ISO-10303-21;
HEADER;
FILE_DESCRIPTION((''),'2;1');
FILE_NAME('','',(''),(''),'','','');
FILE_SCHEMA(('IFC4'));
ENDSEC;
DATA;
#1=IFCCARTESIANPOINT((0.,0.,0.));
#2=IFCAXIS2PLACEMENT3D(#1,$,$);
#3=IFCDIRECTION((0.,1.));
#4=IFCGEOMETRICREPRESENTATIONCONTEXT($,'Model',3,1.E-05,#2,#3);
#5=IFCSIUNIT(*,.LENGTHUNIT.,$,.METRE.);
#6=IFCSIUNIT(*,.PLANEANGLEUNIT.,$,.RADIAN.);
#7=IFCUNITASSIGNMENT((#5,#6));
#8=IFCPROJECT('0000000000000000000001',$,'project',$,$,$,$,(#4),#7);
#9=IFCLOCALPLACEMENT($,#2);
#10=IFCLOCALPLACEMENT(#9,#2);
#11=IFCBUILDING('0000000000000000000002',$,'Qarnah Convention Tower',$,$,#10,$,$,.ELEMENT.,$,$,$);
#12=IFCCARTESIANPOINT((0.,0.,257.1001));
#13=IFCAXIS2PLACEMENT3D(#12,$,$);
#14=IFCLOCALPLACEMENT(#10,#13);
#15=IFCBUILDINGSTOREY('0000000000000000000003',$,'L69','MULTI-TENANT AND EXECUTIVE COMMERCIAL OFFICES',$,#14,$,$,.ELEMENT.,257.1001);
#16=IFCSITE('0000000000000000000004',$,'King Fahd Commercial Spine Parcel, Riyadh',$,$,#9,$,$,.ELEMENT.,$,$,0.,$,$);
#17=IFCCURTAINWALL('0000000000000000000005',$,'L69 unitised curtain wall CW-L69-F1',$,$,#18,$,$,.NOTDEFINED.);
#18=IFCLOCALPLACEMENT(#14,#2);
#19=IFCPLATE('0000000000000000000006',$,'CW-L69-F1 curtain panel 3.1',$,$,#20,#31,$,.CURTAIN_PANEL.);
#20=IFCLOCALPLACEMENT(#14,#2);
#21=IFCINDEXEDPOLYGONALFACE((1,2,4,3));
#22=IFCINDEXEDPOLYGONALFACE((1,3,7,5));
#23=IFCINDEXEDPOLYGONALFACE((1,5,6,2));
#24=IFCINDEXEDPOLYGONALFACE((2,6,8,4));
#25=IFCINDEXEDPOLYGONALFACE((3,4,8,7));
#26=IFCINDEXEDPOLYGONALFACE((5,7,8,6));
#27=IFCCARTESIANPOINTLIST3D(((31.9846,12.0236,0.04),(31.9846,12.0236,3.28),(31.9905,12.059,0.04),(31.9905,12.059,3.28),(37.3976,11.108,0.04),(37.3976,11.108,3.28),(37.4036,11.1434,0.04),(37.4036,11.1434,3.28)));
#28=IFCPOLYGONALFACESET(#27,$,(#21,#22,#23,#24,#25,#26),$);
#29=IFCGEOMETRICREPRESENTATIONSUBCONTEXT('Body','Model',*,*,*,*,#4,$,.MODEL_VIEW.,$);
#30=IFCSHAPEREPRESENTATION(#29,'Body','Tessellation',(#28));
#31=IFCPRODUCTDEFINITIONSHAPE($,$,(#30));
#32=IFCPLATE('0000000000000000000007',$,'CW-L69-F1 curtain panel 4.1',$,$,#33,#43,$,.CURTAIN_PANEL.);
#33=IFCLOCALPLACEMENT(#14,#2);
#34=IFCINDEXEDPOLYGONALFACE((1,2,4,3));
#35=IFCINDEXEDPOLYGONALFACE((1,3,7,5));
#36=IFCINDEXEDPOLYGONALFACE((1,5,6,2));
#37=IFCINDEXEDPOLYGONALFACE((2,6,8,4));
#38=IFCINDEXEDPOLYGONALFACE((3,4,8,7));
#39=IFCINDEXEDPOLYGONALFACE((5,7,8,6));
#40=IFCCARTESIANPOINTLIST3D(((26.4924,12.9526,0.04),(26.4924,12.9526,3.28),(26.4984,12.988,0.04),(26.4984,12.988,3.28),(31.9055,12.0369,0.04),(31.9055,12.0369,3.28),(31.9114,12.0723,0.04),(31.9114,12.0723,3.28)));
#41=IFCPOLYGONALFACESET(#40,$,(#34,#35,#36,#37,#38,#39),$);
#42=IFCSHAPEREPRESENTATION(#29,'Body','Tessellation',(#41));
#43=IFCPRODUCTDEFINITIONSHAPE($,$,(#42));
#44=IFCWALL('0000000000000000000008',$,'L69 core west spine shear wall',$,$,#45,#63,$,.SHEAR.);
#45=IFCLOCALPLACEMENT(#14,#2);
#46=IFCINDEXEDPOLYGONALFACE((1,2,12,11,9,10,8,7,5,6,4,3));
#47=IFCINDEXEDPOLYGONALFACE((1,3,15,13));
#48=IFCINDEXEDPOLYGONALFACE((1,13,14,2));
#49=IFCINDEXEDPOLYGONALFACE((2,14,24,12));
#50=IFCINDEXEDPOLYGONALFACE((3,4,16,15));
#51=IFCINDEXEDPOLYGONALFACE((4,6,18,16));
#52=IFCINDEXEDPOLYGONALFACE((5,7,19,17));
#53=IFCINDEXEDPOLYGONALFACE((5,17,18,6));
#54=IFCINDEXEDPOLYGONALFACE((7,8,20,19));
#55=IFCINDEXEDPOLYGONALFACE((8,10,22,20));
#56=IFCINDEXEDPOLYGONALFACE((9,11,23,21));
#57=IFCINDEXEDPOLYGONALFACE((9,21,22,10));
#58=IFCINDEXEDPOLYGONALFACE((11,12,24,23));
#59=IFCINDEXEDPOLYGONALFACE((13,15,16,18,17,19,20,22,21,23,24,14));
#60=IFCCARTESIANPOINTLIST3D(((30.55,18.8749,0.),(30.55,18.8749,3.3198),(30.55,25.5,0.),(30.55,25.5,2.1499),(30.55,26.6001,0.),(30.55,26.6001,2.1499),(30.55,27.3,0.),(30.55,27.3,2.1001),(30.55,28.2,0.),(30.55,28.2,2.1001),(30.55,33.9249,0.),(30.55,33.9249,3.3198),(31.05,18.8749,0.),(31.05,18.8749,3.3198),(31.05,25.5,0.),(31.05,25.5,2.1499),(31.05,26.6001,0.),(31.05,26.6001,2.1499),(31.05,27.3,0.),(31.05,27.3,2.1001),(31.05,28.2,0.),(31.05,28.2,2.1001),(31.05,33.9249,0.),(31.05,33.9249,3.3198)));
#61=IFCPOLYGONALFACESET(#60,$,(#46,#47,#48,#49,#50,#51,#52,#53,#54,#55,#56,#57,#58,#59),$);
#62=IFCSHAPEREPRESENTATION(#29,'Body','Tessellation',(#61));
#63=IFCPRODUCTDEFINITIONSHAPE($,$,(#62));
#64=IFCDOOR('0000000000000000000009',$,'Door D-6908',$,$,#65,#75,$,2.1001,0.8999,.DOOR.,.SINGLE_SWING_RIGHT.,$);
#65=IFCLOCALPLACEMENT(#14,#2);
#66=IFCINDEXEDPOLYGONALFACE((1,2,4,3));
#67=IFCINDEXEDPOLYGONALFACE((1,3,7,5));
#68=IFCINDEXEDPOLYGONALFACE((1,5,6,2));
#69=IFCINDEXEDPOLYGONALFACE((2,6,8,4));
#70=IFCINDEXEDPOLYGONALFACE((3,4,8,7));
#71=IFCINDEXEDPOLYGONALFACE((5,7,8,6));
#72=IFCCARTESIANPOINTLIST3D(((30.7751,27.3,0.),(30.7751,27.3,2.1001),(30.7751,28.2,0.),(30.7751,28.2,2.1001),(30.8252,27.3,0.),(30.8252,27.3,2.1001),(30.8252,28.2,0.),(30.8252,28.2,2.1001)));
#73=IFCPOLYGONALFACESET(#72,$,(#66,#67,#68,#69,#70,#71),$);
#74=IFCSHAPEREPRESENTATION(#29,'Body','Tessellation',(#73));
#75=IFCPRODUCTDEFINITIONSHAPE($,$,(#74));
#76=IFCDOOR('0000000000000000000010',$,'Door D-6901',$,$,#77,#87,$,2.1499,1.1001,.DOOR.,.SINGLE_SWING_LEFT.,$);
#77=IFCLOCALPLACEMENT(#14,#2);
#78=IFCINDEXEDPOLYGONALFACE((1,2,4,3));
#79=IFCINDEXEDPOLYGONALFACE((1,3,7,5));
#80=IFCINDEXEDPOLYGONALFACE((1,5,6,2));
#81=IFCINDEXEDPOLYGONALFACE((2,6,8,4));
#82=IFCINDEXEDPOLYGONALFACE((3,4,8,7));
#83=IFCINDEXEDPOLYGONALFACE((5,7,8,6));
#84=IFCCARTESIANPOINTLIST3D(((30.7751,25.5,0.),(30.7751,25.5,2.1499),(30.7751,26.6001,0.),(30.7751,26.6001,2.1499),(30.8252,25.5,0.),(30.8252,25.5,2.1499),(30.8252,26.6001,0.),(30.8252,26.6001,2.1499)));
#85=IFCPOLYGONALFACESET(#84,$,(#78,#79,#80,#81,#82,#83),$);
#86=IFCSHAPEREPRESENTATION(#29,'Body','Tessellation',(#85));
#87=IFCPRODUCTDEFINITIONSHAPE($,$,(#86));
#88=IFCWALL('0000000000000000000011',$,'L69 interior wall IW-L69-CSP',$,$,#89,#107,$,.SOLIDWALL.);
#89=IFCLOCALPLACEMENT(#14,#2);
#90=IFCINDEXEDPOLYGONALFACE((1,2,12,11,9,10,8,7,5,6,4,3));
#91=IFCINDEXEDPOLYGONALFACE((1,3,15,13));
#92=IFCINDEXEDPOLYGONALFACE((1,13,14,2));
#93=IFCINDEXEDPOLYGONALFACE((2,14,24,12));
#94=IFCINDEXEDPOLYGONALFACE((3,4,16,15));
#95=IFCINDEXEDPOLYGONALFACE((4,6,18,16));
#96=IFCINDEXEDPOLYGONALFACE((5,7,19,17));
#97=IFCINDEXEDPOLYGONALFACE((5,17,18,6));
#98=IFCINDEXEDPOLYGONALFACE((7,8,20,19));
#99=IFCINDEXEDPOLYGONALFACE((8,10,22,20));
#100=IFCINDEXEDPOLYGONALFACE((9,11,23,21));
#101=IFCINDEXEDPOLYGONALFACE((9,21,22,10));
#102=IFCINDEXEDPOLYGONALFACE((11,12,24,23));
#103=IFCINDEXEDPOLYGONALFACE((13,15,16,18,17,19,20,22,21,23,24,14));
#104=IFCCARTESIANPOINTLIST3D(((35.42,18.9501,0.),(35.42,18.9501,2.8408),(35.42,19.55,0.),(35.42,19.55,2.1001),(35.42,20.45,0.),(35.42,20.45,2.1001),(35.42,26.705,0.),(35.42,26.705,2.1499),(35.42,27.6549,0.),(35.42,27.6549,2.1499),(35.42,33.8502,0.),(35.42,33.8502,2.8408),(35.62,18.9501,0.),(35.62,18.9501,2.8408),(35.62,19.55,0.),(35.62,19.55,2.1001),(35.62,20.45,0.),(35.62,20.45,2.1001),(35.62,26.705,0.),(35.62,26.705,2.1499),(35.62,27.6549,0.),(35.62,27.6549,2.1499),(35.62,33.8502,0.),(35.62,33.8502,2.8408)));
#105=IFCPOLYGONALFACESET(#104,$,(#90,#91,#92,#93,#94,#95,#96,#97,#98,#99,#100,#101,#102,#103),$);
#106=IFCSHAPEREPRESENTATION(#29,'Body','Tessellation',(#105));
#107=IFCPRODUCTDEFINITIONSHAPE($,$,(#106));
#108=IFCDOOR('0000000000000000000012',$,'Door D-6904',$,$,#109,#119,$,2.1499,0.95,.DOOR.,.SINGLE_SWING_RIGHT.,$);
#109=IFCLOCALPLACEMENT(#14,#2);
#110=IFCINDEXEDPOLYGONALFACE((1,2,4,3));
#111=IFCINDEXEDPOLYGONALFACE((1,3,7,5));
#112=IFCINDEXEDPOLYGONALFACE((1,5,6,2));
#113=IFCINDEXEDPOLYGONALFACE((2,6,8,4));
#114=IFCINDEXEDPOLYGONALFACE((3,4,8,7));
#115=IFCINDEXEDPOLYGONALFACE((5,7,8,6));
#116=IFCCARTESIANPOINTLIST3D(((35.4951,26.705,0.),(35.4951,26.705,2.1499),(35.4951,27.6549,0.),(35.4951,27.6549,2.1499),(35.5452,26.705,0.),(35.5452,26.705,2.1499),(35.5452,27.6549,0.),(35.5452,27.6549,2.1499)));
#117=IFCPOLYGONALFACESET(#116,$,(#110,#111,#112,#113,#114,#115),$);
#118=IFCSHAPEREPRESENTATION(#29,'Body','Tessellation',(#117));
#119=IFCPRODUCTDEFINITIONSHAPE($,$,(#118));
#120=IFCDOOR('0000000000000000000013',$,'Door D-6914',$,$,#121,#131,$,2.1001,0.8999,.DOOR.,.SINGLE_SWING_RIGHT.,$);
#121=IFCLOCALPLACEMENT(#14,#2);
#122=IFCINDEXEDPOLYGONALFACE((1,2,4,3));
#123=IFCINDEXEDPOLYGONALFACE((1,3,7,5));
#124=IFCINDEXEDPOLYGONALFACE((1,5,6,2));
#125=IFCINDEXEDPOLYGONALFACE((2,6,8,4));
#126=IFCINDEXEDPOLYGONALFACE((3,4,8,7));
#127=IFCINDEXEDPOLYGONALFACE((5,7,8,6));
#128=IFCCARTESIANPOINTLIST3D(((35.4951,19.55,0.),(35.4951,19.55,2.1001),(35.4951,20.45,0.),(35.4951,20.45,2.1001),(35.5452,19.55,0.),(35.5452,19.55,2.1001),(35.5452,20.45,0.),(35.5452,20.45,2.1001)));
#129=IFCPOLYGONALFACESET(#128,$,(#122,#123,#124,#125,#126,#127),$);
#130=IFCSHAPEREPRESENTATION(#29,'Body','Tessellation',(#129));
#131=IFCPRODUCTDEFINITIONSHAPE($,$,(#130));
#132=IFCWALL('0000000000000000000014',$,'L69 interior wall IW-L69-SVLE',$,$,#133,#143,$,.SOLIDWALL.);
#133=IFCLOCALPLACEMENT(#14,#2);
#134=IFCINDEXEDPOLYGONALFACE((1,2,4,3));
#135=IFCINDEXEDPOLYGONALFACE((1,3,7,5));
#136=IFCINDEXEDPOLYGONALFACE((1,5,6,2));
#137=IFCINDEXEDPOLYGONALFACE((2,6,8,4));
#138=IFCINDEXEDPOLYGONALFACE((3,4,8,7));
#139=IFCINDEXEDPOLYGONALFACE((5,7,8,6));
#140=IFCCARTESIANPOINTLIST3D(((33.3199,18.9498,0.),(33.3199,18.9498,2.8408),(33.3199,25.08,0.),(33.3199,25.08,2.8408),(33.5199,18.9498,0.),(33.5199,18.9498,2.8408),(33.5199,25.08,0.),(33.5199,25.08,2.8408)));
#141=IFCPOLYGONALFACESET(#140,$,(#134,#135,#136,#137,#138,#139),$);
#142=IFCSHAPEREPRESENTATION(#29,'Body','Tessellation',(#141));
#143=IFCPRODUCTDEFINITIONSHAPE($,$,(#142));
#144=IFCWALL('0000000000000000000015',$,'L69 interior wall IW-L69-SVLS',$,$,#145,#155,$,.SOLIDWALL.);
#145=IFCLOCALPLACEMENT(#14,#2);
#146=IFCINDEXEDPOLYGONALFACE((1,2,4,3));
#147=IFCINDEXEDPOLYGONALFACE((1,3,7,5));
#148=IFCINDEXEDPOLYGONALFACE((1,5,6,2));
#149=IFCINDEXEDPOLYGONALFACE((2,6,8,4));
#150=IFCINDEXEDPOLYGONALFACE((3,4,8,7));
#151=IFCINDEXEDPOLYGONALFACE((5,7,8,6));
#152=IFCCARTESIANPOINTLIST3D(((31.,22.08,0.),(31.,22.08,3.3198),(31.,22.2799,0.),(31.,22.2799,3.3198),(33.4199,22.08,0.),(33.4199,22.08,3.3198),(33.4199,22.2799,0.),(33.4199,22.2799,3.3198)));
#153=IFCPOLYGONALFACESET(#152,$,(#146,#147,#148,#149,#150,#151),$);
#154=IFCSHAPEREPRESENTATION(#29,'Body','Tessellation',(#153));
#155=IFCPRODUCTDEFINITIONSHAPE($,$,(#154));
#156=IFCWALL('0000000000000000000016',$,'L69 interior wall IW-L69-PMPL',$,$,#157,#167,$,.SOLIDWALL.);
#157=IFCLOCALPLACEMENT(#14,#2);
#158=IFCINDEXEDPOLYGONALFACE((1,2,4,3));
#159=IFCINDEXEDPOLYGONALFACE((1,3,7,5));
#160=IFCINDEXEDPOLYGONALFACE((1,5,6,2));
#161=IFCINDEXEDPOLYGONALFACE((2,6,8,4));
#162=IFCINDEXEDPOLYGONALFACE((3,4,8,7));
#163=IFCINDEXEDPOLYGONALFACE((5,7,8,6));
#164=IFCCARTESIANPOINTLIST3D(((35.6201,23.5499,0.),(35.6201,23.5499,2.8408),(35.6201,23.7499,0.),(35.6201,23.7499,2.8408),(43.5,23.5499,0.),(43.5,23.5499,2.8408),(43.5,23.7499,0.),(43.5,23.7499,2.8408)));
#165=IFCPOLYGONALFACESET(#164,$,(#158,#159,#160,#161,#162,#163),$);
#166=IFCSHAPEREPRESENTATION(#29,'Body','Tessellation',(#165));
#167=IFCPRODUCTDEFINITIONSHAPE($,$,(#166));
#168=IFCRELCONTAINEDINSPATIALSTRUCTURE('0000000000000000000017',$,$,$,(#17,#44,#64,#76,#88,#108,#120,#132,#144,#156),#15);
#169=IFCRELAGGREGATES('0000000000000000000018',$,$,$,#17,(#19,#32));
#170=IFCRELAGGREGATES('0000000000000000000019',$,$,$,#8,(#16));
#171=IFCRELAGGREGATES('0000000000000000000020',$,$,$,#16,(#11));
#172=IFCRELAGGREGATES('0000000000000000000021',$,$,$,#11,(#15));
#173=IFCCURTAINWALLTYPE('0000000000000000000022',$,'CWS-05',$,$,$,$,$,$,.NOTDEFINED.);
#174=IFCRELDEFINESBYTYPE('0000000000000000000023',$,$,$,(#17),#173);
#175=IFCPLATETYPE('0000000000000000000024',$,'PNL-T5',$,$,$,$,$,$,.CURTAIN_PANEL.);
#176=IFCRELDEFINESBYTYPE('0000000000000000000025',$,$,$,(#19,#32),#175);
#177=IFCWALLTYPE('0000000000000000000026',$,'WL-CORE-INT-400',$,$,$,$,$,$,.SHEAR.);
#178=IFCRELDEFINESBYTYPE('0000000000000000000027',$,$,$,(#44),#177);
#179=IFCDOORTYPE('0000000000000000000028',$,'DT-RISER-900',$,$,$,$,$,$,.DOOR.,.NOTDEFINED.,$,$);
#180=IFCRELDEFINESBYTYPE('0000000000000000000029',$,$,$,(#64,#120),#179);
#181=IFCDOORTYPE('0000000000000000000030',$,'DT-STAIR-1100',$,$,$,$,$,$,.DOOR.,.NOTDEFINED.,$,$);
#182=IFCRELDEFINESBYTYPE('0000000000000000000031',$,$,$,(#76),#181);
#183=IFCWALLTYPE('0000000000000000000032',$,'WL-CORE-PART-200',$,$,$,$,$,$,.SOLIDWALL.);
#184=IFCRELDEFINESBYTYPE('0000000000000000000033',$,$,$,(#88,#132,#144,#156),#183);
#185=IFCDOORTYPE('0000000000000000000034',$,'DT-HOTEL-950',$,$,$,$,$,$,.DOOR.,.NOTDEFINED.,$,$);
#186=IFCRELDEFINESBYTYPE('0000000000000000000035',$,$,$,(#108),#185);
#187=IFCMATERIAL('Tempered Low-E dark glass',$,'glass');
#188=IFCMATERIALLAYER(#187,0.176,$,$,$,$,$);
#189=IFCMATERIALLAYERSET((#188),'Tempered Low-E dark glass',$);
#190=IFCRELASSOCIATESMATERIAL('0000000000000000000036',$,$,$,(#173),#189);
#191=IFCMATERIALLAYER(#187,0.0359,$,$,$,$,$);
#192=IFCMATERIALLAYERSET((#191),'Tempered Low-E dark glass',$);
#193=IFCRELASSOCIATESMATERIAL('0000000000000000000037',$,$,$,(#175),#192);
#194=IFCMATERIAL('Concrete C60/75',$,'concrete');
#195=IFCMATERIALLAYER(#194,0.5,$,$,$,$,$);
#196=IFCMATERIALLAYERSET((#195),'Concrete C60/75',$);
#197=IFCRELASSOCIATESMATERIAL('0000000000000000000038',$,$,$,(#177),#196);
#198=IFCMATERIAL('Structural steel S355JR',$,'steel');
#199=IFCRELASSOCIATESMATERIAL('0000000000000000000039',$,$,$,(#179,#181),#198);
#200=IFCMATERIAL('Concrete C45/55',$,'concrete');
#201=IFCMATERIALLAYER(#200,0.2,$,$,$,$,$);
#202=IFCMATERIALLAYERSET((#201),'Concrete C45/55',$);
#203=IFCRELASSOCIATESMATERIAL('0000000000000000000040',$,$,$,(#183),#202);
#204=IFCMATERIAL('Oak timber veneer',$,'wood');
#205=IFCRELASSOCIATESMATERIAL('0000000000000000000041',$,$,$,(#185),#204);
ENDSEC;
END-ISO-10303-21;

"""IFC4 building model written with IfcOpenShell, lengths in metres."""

from ifc_helpers import new_model, si_unit, direction, frame, frame_2d, origin, origin_2d, place, context, subcontext, project, spatial, rectangle, extrude, material, layer, layer_set, type_object, element, fill, aggregate, save


model = new_model("IFC4")

# Units and contexts
model_context = context("Model", 3, precision=1e-05, world=origin(), true_north=direction((0.0, 1.0)))
body_context = subcontext(model_context, "Body", "Model", "MODEL_VIEW")
ifc_project = project(units=[si_unit("LENGTHUNIT", "METRE"), si_unit("PLANEANGLEUNIT", "RADIAN")], contexts=[model_context])

# Site, building, storey
site_placement = place(None, origin())
site = spatial("IfcSite", under=ifc_project, at=site_placement, Name="King Fahd Commercial Spine Parcel, Riyadh", CompositionType="ELEMENT", RefElevation=0.0)
building_placement = place(site_placement, origin())
building = spatial("IfcBuilding", under=site, at=building_placement, Name="Qarnah Convention Tower", CompositionType="ELEMENT")
storey_placement = place(building_placement, frame((0.0, 0.0, 257.1001)))
storey = spatial("IfcBuildingStorey", under=building, at=storey_placement, Name="L69", Description="MULTI-TENANT AND EXECUTIVE COMMERCIAL OFFICES", CompositionType="ELEMENT", Elevation=257.1001)

# Shared definitions
ifc_material_1 = material(Name="Structural steel S355JR", Category="steel")

# Curtain wall, plates
ifc_material_2 = material(Name="Tempered Low-E dark glass", Category="glass")
ifc_layer_1 = layer(ifc_material_2, 0.176)
ifc_layer_set_1 = layer_set([ifc_layer_1], Name="Tempered Low-E dark glass")
curtain_wall_type = type_object("IfcCurtainWallType", Name="CWS-05", PredefinedType="NOTDEFINED", material=ifc_layer_set_1)
curtain_wall_placement = place(storey_placement, origin())
curtain_wall = element("IfcCurtainWall", 1, at=curtain_wall_placement, inside=storey, type_object=curtain_wall_type, Name="L69 unitised curtain wall CW-L69-F1", PredefinedType="NOTDEFINED")
ifc_layer_2 = layer(ifc_material_2, 0.0359)
ifc_layer_set_2 = layer_set([ifc_layer_2], Name="Tempered Low-E dark glass")
plate_type = type_object("IfcPlateType", Name="PNL-T5", PredefinedType="CURTAIN_PANEL", material=ifc_layer_set_2)
plate_1_placement = place(storey_placement, frame((34.6941, 11.5835, 0.04), z_axis=(0.0, 0.0, 1.0), x_axis=(-0.985993, 0.166786, 0.0)))
plate_1 = element("IfcPlate", 2, at=plate_1_placement, type_object=plate_type, Name="CW-L69-F1 curtain panel 3.1", PredefinedType="CURTAIN_PANEL", context=body_context, shape_type="SweptSolid", body=[
    extrude(rectangle(XDim=5.49, YDim=0.0359, at=origin_2d()), origin(), (0.0, 0.0, 1.0), 3.24),
])
plate_2_placement = place(storey_placement, frame((29.2019, 12.5125, 0.04), z_axis=(0.0, 0.0, 1.0), x_axis=(-0.985993, 0.166786, 0.0)))
plate_2 = element("IfcPlate", 3, at=plate_2_placement, type_object=plate_type, Name="CW-L69-F1 curtain panel 4.1", PredefinedType="CURTAIN_PANEL", context=body_context, shape_type="SweptSolid", body=[
    extrude(rectangle(XDim=5.49, YDim=0.0359, at=origin_2d()), origin(), (0.0, 0.0, 1.0), 3.24),
])
aggregate(curtain_wall, [plate_1, plate_2])

# Walls, openings, doors
ifc_material_3 = material(Name="Concrete C60/75", Category="concrete")
ifc_layer_3 = layer(ifc_material_3, 0.5)
ifc_layer_set_3 = layer_set([ifc_layer_3], Name="Concrete C60/75")
wall_type_1 = type_object("IfcWallType", Name="WL-CORE-INT-400", PredefinedType="SHEAR", material=ifc_layer_set_3)
wall_1_placement = place(storey_placement, frame((30.8, 18.875, 0.0), z_axis=(0.0, 0.0, 1.0), x_axis=(0.0, 1.0, 0.0)))
wall_1 = element("IfcWall", 4, at=wall_1_placement, inside=storey, type_object=wall_type_1, Name="L69 core west spine shear wall", PredefinedType="SHEAR", context=body_context, shape_type="SweptSolid", body=[
    extrude(rectangle(XDim=15.05, YDim=0.5, at=frame_2d((7.5249, 0.0))), origin(), (0.0, 0.0, 1.0), 3.3198),
])
opening_1_placement = place(wall_1_placement, frame((6.625, 0.0, 0.0)))
opening_1 = element("IfcOpeningElement", 5, at=opening_1_placement, cuts=wall_1, PredefinedType="OPENING", context=body_context, shape_type="SweptSolid", body=[
    extrude(rectangle(XDim=1.1001, YDim=2.1499, at=frame_2d((0.55, 1.075))), frame((0.0, 0.26, 0.0), z_axis=(0.0, -1.0, 0.0), x_axis=(1.0, 0.0, 0.0)), (0.0, 0.0, 1.0), 0.52),
])
opening_2_placement = place(wall_1_placement, frame((8.425, 0.0, 0.0)))
opening_2 = element("IfcOpeningElement", 6, at=opening_2_placement, cuts=wall_1, PredefinedType="OPENING", context=body_context, shape_type="SweptSolid", body=[
    extrude(rectangle(XDim=0.8999, YDim=2.1001, at=frame_2d((0.45, 1.05))), frame((0.0, 0.26, 0.0), z_axis=(0.0, -1.0, 0.0), x_axis=(1.0, 0.0, 0.0)), (0.0, 0.0, 1.0), 0.52),
])
door_type_1 = type_object("IfcDoorType", Name="DT-RISER-900", OperationType="NOTDEFINED", PredefinedType="DOOR", material=ifc_material_1)
door_1_placement = place(opening_2_placement, origin())
door_1 = element("IfcDoor", 7, at=door_1_placement, inside=storey, type_object=door_type_1, Name="Door D-6908", OperationType="SINGLE_SWING_RIGHT", OverallHeight=2.1001, OverallWidth=0.8999, PredefinedType="DOOR", context=body_context, shape_type="SweptSolid", body=[
    extrude(rectangle(XDim=0.8999, YDim=2.1001, at=frame_2d((0.45, 1.05))), frame((0.0, 0.0249, 0.0), z_axis=(0.0, -1.0, 0.0), x_axis=(1.0, 0.0, 0.0)), (0.0, 0.0, 1.0), 0.05),
])
fill(opening_2, door_1)
door_type_2 = type_object("IfcDoorType", Name="DT-STAIR-1100", OperationType="NOTDEFINED", PredefinedType="DOOR", material=ifc_material_1)
door_2_placement = place(opening_1_placement, origin())
door_2 = element("IfcDoor", 8, at=door_2_placement, inside=storey, type_object=door_type_2, Name="Door D-6901", OperationType="SINGLE_SWING_LEFT", OverallHeight=2.1499, OverallWidth=1.1001, PredefinedType="DOOR", context=body_context, shape_type="SweptSolid", body=[
    extrude(rectangle(XDim=1.1001, YDim=2.1499, at=frame_2d((0.55, 1.075))), frame((0.0, 0.0249, 0.0), z_axis=(0.0, -1.0, 0.0), x_axis=(1.0, 0.0, 0.0)), (0.0, 0.0, 1.0), 0.05),
])
fill(opening_1, door_2)
ifc_material_4 = material(Name="Concrete C45/55", Category="concrete")
ifc_layer_4 = layer(ifc_material_4, 0.2)
ifc_layer_set_4 = layer_set([ifc_layer_4], Name="Concrete C45/55")
wall_type_2 = type_object("IfcWallType", Name="WL-CORE-PART-200", PredefinedType="SOLIDWALL", material=ifc_layer_set_4)
wall_2_placement = place(storey_placement, frame((35.52, 18.95, 0.0), z_axis=(0.0, 0.0, 1.0), x_axis=(0.0, 1.0, 0.0)))
wall_2 = element("IfcWall", 9, at=wall_2_placement, inside=storey, type_object=wall_type_2, Name="L69 interior wall IW-L69-CSP", PredefinedType="SOLIDWALL", context=body_context, shape_type="SweptSolid", body=[
    extrude(rectangle(XDim=14.9001, YDim=0.2, at=frame_2d((7.4502, 0.0))), origin(), (0.0, 0.0, 1.0), 2.8408),
])
opening_3_placement = place(wall_2_placement, frame((7.7549, 0.0, 0.0)))
opening_3 = element("IfcOpeningElement", 10, at=opening_3_placement, cuts=wall_2, PredefinedType="OPENING", context=body_context, shape_type="SweptSolid", body=[
    extrude(rectangle(XDim=0.95, YDim=2.1499, at=frame_2d((0.4751, 1.075))), frame((0.0, 0.1099, 0.0), z_axis=(0.0, -1.0, 0.0), x_axis=(1.0, 0.0, 0.0)), (0.0, 0.0, 1.0), 0.22),
])
opening_4_placement = place(wall_2_placement, frame((0.6001, 0.0, 0.0)))
opening_4 = element("IfcOpeningElement", 11, at=opening_4_placement, cuts=wall_2, PredefinedType="OPENING", context=body_context, shape_type="SweptSolid", body=[
    extrude(rectangle(XDim=0.8999, YDim=2.1001, at=frame_2d((0.45, 1.05))), frame((0.0, 0.1099, 0.0), z_axis=(0.0, -1.0, 0.0), x_axis=(1.0, 0.0, 0.0)), (0.0, 0.0, 1.0), 0.22),
])
ifc_material_5 = material(Name="Oak timber veneer", Category="wood")
door_type_3 = type_object("IfcDoorType", Name="DT-HOTEL-950", OperationType="NOTDEFINED", PredefinedType="DOOR", material=ifc_material_5)
door_3_placement = place(opening_3_placement, origin())
door_3 = element("IfcDoor", 12, at=door_3_placement, inside=storey, type_object=door_type_3, Name="Door D-6904", OperationType="SINGLE_SWING_RIGHT", OverallHeight=2.1499, OverallWidth=0.95, PredefinedType="DOOR", context=body_context, shape_type="SweptSolid", body=[
    extrude(rectangle(XDim=0.95, YDim=2.1499, at=frame_2d((0.4751, 1.075))), frame((0.0, 0.0249, 0.0), z_axis=(0.0, -1.0, 0.0), x_axis=(1.0, 0.0, 0.0)), (0.0, 0.0, 1.0), 0.05),
])
fill(opening_3, door_3)
door_4_placement = place(opening_4_placement, origin())
door_4 = element("IfcDoor", 13, at=door_4_placement, inside=storey, type_object=door_type_1, Name="Door D-6914", OperationType="SINGLE_SWING_RIGHT", OverallHeight=2.1001, OverallWidth=0.8999, PredefinedType="DOOR", context=body_context, shape_type="SweptSolid", body=[
    extrude(rectangle(XDim=0.8999, YDim=2.1001, at=frame_2d((0.45, 1.05))), frame((0.0, 0.0249, 0.0), z_axis=(0.0, -1.0, 0.0), x_axis=(1.0, 0.0, 0.0)), (0.0, 0.0, 1.0), 0.05),
])
fill(opening_4, door_4)

# Walls
wall_3_placement = place(storey_placement, frame((33.4199, 18.95, 0.0), z_axis=(0.0, 0.0, 1.0), x_axis=(0.0, 1.0, 0.0)))
element("IfcWall", 14, at=wall_3_placement, inside=storey, type_object=wall_type_2, Name="L69 interior wall IW-L69-SVLE", PredefinedType="SOLIDWALL", context=body_context, shape_type="SweptSolid", body=[
    extrude(rectangle(XDim=6.1301, YDim=0.2, at=frame_2d((3.0649, 0.0))), origin(), (0.0, 0.0, 1.0), 2.8408),
])
wall_4_placement = place(storey_placement, frame((31.0, 22.1799, 0.0), z_axis=(0.0, 0.0, 1.0), x_axis=(1.0, 0.0, 0.0)))
element("IfcWall", 15, at=wall_4_placement, inside=storey, type_object=wall_type_2, Name="L69 interior wall IW-L69-SVLS", PredefinedType="SOLIDWALL", context=body_context, shape_type="SweptSolid", body=[
    extrude(rectangle(XDim=2.4199, YDim=0.2, at=frame_2d((1.21, 0.0))), origin(), (0.0, 0.0, 1.0), 3.3198),
])
wall_5_placement = place(storey_placement, frame((35.6201, 23.6499, 0.0), z_axis=(0.0, 0.0, 1.0), x_axis=(1.0, 0.0, 0.0)))
element("IfcWall", 16, at=wall_5_placement, inside=storey, type_object=wall_type_2, Name="L69 interior wall IW-L69-PMPL", PredefinedType="SOLIDWALL", context=body_context, shape_type="SweptSolid", body=[
    extrude(rectangle(XDim=7.8799, YDim=0.2, at=frame_2d((3.9399, 0.0))), origin(), (0.0, 0.0, 1.0), 2.8408),
])

save(model, "model.ifc")
